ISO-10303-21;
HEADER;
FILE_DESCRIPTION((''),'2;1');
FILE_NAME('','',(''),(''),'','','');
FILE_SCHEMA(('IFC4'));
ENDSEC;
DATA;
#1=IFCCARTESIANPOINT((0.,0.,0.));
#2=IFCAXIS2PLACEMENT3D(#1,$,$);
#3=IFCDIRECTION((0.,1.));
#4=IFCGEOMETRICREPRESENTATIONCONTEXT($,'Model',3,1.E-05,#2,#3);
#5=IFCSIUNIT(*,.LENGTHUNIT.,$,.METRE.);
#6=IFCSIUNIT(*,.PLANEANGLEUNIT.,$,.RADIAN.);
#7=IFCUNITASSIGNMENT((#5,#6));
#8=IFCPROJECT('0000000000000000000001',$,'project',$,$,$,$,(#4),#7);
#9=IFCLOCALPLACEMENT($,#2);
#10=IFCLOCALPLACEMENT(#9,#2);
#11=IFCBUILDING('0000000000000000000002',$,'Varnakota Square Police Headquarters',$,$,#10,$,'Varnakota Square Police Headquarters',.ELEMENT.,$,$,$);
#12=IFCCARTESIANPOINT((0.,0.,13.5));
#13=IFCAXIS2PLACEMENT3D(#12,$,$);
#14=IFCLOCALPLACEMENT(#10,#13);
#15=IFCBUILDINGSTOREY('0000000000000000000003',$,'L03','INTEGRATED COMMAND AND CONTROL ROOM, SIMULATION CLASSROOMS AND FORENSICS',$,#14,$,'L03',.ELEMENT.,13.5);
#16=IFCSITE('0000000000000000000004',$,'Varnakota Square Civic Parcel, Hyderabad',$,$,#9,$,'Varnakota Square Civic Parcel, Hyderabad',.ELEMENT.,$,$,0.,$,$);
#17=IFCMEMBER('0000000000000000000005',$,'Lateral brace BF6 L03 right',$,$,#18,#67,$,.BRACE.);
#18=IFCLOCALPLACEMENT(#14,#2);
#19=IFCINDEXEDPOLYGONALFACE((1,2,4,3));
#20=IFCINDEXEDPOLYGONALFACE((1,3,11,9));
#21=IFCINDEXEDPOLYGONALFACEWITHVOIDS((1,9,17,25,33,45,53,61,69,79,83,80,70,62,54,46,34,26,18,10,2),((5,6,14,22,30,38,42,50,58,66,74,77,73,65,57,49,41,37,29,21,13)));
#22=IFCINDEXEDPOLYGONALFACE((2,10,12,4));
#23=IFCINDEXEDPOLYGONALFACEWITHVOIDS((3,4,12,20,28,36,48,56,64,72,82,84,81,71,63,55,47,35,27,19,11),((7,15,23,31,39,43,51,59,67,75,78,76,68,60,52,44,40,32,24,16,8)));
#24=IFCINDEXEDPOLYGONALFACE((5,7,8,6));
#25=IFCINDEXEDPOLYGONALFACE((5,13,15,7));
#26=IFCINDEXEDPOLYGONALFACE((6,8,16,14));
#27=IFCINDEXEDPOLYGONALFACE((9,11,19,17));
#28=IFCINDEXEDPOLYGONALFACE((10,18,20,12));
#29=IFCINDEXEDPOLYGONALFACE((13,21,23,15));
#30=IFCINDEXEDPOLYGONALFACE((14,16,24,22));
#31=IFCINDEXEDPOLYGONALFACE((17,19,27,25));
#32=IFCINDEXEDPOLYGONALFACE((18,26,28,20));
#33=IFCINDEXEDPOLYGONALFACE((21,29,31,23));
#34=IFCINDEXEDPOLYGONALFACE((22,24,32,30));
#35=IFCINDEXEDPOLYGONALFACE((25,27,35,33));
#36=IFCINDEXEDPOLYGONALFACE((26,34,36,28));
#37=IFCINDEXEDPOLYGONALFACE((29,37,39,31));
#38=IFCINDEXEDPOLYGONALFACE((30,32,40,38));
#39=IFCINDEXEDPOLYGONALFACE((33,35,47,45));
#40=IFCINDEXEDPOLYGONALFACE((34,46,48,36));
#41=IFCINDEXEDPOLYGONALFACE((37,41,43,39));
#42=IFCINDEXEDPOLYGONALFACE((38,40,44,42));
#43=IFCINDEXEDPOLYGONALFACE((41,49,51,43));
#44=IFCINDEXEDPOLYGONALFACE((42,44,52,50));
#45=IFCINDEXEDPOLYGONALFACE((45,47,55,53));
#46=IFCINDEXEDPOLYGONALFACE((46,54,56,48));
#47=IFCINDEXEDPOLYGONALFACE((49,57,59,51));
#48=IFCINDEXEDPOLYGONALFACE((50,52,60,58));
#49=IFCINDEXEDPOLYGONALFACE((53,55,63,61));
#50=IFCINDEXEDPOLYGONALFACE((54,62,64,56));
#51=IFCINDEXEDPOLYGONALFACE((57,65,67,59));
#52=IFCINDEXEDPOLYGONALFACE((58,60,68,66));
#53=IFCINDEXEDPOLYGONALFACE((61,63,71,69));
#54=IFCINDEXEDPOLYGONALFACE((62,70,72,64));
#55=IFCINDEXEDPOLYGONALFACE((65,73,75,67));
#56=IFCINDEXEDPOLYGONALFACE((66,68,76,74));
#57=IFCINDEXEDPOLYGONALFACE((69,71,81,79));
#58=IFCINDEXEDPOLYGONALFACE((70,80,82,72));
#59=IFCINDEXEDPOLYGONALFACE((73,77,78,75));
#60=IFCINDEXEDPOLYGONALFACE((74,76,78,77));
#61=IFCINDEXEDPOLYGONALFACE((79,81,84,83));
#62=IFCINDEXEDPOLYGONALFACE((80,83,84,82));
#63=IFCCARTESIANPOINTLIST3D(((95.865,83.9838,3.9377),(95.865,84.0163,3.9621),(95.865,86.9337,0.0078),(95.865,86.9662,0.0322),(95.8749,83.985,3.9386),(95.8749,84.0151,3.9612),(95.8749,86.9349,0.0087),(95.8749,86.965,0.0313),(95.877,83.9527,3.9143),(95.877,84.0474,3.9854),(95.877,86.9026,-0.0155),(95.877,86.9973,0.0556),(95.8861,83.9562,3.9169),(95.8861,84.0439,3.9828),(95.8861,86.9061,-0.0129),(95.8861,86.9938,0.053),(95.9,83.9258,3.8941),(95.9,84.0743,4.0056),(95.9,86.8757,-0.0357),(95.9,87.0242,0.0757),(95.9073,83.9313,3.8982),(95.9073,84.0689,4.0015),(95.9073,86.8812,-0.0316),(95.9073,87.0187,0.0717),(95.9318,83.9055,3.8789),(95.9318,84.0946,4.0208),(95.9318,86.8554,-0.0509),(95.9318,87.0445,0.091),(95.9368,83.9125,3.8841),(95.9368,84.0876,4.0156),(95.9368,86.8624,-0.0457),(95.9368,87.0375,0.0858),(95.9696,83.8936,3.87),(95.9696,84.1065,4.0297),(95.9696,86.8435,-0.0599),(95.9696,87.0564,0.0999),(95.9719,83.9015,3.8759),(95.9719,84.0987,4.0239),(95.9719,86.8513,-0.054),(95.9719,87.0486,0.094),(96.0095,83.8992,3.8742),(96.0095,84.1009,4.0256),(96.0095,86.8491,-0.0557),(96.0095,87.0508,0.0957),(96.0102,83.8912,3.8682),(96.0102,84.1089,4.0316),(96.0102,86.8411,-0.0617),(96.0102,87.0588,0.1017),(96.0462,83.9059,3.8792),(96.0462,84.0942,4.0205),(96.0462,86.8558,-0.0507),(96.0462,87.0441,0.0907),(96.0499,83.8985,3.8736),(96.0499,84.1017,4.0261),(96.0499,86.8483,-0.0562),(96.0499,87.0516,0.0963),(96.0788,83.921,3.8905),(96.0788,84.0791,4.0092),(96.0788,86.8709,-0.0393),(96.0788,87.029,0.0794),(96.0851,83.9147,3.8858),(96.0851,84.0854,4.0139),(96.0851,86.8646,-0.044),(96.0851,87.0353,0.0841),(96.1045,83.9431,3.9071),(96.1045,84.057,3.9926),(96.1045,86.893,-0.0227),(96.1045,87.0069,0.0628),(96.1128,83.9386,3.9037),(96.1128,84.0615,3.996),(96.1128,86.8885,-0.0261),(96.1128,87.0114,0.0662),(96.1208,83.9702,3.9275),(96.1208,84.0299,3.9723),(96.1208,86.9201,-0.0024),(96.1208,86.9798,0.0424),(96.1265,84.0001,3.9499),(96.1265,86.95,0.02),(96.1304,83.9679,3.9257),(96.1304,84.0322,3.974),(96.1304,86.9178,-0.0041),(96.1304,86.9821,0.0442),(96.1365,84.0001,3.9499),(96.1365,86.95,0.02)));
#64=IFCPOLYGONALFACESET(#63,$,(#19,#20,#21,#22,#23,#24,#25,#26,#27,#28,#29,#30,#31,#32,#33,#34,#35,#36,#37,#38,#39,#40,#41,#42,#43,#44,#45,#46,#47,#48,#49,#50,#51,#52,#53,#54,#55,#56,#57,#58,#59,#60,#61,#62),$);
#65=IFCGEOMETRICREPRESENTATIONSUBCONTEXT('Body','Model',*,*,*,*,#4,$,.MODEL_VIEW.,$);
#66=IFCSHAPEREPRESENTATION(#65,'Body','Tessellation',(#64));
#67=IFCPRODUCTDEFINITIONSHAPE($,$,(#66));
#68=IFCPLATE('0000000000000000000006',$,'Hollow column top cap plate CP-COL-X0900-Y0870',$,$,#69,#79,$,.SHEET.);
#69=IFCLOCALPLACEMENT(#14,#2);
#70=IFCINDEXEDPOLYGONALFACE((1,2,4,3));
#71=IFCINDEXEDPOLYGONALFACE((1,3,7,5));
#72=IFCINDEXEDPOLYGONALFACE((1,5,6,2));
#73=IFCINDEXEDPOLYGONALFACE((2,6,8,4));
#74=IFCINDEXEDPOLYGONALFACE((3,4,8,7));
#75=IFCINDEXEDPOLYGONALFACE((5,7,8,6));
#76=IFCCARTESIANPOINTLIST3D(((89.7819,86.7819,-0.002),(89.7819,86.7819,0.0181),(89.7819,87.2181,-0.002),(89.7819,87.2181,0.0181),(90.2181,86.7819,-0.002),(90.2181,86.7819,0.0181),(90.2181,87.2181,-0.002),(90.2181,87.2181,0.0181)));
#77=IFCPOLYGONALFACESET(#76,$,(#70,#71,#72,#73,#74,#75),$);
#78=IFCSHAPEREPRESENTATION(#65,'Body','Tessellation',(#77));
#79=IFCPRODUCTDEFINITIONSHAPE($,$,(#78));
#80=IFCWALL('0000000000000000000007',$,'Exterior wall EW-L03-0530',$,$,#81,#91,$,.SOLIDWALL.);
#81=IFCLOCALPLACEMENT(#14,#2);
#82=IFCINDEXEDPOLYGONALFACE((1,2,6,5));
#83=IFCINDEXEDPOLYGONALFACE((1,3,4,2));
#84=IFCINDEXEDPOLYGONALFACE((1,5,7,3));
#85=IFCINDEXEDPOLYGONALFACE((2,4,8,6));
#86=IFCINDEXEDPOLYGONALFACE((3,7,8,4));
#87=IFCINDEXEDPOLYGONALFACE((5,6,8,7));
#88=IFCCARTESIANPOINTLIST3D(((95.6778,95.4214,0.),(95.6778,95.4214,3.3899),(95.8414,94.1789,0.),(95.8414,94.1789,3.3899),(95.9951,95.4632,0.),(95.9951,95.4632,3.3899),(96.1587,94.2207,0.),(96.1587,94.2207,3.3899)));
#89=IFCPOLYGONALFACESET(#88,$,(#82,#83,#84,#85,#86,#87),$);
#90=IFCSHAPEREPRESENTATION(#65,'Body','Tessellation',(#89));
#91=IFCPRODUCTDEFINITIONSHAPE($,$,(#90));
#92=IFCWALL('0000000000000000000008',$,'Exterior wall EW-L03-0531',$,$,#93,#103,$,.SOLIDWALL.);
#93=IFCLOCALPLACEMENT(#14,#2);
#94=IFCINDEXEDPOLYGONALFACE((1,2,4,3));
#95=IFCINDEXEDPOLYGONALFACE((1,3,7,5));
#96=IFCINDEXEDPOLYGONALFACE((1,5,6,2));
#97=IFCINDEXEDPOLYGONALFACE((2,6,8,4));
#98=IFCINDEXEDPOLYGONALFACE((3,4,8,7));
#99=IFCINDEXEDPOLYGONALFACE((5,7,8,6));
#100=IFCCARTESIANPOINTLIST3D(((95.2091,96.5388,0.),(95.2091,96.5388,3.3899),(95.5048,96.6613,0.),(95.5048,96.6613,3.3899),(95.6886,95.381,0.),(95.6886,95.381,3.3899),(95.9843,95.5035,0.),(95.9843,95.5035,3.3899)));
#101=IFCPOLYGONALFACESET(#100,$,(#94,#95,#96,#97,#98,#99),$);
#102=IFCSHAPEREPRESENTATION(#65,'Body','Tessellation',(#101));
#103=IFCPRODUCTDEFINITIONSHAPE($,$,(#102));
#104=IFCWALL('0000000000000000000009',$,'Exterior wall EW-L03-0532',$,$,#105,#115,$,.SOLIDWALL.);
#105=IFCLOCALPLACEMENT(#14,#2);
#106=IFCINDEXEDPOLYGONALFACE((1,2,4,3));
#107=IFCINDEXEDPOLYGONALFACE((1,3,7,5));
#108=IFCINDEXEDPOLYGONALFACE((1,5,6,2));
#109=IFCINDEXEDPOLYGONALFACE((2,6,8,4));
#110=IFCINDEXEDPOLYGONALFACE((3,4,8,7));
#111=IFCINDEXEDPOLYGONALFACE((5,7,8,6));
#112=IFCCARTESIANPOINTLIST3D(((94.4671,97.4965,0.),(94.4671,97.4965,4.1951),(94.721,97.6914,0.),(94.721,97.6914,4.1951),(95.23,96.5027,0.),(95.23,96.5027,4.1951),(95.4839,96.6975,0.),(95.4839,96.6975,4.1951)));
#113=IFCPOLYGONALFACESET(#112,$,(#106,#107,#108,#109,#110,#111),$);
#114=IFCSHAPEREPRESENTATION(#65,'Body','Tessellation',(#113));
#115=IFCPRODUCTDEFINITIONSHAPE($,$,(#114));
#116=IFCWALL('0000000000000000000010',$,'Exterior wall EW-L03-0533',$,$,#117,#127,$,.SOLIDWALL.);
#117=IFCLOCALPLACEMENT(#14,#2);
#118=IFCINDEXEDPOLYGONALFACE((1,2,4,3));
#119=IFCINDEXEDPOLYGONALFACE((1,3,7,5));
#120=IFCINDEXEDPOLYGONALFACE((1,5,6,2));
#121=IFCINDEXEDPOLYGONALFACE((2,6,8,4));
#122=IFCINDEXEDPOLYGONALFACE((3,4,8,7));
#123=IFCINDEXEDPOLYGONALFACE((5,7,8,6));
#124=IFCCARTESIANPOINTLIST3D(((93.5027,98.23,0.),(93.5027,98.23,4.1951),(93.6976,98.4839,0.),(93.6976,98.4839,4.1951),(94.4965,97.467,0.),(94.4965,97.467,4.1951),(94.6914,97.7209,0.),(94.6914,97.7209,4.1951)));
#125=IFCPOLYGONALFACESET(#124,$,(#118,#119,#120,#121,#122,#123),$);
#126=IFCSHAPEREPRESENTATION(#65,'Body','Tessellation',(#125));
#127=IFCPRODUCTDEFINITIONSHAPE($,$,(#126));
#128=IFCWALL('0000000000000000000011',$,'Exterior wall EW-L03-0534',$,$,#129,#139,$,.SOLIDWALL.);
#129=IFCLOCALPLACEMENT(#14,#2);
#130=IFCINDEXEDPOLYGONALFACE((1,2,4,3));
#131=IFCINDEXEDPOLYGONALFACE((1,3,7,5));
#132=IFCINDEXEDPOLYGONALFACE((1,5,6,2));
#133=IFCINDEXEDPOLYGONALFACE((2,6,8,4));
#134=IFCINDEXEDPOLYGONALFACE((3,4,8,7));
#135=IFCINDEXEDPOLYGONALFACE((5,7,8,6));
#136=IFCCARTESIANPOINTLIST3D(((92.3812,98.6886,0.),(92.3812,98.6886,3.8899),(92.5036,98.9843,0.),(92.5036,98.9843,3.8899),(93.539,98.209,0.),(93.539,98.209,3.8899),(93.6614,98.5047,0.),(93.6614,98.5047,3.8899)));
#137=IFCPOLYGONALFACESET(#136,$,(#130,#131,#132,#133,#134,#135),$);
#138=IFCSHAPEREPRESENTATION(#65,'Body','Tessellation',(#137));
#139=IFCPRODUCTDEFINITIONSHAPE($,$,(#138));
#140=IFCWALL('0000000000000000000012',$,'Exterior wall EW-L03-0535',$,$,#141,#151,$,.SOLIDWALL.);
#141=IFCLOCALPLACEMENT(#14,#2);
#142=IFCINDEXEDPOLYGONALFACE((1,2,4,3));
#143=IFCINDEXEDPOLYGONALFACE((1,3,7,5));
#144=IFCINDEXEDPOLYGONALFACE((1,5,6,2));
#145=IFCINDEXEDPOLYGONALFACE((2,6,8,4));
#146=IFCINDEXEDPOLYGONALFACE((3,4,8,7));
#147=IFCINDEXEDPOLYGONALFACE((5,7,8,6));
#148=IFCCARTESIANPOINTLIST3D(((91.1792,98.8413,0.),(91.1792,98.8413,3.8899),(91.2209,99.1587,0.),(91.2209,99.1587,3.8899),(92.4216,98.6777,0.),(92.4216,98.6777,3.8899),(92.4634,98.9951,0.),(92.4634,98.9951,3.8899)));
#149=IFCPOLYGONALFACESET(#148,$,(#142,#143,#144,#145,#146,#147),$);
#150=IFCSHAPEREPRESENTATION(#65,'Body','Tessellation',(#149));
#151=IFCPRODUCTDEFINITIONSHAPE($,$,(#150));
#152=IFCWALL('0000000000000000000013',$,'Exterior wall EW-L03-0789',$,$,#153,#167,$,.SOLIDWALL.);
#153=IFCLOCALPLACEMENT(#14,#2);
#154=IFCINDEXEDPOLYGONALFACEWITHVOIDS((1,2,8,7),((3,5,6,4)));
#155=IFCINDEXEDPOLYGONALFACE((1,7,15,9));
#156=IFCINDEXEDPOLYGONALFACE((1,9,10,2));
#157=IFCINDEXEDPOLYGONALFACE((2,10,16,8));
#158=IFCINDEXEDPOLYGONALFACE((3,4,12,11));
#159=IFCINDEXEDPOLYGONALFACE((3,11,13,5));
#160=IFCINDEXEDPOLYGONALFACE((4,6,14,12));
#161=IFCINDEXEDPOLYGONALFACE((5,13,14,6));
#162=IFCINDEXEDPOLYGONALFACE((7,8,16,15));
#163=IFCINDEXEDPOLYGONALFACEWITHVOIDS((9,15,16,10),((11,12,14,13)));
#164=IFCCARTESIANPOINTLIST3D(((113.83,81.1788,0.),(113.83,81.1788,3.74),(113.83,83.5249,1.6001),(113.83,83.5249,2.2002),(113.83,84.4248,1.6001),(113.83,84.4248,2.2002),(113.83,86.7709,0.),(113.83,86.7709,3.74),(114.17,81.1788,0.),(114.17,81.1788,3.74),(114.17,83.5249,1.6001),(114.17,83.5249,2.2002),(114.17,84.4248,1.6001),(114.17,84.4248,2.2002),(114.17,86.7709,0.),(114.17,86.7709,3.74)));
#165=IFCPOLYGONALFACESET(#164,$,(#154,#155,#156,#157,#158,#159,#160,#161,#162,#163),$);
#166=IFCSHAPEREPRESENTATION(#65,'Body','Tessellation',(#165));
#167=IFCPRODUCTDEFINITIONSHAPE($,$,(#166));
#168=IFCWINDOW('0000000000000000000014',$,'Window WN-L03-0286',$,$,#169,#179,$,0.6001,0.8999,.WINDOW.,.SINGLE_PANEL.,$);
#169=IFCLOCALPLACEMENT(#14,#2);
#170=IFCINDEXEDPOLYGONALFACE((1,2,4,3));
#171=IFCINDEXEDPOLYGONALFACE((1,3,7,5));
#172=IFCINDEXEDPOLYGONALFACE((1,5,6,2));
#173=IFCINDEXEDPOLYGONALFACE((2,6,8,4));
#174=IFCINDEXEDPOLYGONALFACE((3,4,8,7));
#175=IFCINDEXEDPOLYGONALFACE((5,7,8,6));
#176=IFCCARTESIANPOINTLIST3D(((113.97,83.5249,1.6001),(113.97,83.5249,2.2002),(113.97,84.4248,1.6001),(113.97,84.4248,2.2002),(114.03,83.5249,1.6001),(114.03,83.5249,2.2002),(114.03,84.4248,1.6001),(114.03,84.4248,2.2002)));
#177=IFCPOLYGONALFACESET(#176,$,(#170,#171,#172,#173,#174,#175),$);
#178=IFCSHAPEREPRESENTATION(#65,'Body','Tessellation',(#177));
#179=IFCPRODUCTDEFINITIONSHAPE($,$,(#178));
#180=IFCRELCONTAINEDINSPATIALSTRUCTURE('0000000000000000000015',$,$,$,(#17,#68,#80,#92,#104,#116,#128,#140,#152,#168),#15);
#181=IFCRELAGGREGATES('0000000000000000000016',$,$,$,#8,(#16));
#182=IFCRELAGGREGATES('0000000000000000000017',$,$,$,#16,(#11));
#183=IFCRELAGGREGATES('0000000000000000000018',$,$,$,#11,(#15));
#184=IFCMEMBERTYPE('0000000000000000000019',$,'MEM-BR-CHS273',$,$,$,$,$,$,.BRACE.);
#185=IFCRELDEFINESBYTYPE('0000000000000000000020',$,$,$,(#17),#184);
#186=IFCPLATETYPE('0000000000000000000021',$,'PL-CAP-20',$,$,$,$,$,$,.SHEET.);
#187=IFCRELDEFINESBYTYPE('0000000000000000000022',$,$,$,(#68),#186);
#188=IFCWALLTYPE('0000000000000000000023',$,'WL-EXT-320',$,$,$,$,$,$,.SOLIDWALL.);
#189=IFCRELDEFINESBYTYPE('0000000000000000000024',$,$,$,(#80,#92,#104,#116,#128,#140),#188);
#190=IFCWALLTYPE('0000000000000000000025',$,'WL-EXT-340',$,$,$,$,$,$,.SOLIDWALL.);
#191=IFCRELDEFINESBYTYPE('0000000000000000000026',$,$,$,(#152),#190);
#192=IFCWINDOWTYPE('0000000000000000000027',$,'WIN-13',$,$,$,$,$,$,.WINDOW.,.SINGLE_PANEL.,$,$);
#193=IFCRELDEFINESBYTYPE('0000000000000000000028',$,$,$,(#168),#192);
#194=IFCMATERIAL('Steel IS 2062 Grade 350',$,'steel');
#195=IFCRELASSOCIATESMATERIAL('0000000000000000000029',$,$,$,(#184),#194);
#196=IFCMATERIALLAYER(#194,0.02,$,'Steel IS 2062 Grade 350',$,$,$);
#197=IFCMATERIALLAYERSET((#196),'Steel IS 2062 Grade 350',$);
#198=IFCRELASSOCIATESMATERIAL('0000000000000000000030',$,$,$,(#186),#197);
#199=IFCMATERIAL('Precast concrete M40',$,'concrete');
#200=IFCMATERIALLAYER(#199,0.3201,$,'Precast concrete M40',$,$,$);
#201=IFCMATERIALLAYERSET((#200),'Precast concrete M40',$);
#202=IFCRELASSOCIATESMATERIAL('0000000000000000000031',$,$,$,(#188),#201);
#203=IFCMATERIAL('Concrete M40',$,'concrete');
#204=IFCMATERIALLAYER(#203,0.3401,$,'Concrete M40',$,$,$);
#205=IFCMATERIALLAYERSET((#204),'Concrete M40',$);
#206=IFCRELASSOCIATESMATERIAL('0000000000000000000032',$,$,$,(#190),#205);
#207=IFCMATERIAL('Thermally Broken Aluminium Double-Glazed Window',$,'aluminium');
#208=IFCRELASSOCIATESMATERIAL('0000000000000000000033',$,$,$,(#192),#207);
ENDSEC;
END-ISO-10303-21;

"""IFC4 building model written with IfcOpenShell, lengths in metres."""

from ifc_helpers import new_model, si_unit, direction, frame, frame_2d, origin, origin_2d, place, context, subcontext, project, spatial, rectangle, hollow_circle, extrude, material, layer, layer_set, material_profile, profile_set, type_object, element, fill, save


model = new_model("IFC4")

# Units and contexts
model_context = context("Model", 3, precision=1e-05, world=origin(), true_north=direction((0.0, 1.0)))
body_context = subcontext(model_context, "Body", "Model", "MODEL_VIEW")
ifc_project = project(units=[si_unit("LENGTHUNIT", "METRE"), si_unit("PLANEANGLEUNIT", "RADIAN")], contexts=[model_context])

# Site, building, storey
site_placement = place(None, origin())
site = spatial("IfcSite", under=ifc_project, at=site_placement, Name="Varnakota Square Civic Parcel, Hyderabad", LongName="Varnakota Square Civic Parcel, Hyderabad", CompositionType="ELEMENT", RefElevation=0.0)
building_placement = place(site_placement, origin())
building = spatial("IfcBuilding", under=site, at=building_placement, Name="Varnakota Square Police Headquarters", LongName="Varnakota Square Police Headquarters", CompositionType="ELEMENT")
storey_placement = place(building_placement, frame((0.0, 0.0, 13.5)))
storey = spatial("IfcBuildingStorey", under=building, at=storey_placement, Name="L03", Description="INTEGRATED COMMAND AND CONTROL ROOM, SIMULATION CLASSROOMS AND FORENSICS", LongName="L03", CompositionType="ELEMENT", Elevation=13.5)

# Shared definitions
ifc_material_1 = material(Name="Steel IS 2062 Grade 350", Category="steel")

# Member
ifc_material_profile_1 = material_profile(ifc_material_1, hollow_circle(Radius=0.1365, WallThickness=0.01, at=origin_2d()), Name="CHS 273.0x10.0")
ifc_profile_set_1 = profile_set([ifc_material_profile_1], Name="Steel IS 2062 Grade 350")
member_type = type_object("IfcMemberType", Name="MEM-BR-CHS273", PredefinedType="BRACE", material=ifc_profile_set_1)
for number, where, z_axis, x_axis, name in (
    (1, (96.0, 86.95, 0.02), (0.0, -0.600326, 0.799755), (1.0, 0.0, 0.0), "Lateral brace BF6 L03 right"),
):
    element("IfcMember", number, at=place(storey_placement, frame(where, z_axis=z_axis, x_axis=x_axis)), inside=storey, type_object=member_type, Name=name, PredefinedType="BRACE", context=body_context, shape_type="SweptSolid", body=[
        extrude(hollow_circle(Radius=0.1365, WallThickness=0.01, at=origin_2d()), origin(), (0.0, 0.0, 1.0), 4.9138),
    ])

# Plate
ifc_layer_1 = layer(ifc_material_1, 0.02, Name="Steel IS 2062 Grade 350")
ifc_layer_set_1 = layer_set([ifc_layer_1], Name="Steel IS 2062 Grade 350")
plate_type = type_object("IfcPlateType", Name="PL-CAP-20", PredefinedType="SHEET", material=ifc_layer_set_1)
plate_placement = place(storey_placement, frame((90.0, 87.0, -0.002), z_axis=(0.0, 0.0, 1.0), x_axis=(1.0, 0.0, 0.0)))
element("IfcPlate", 2, at=plate_placement, inside=storey, type_object=plate_type, Name="Hollow column top cap plate CP-COL-X0900-Y0870", PredefinedType="SHEET", context=body_context, shape_type="SweptSolid", body=[
    extrude(rectangle(XDim=0.4363, YDim=0.4363, at=origin_2d()), origin(), (0.0, 0.0, 1.0), 0.02),
])

# Walls
ifc_material_2 = material(Name="Precast concrete M40", Category="concrete")
ifc_layer_2 = layer(ifc_material_2, 0.3201, Name="Precast concrete M40")
ifc_layer_set_2 = layer_set([ifc_layer_2], Name="Precast concrete M40")
wall_type_1 = type_object("IfcWallType", Name="WL-EXT-320", PredefinedType="SOLIDWALL", material=ifc_layer_set_2)
for number, where, z_axis, x_axis, name in (
    (3, (96.0, 94.2, 0.0), (0.0, 0.0, 1.0), (-0.13053, 0.991444, 0.0), "Exterior wall EW-L03-0530"),
    (4, (95.8364, 95.4424, 0.0), (0.0, 0.0, 1.0), (-0.38265, 0.923893, 0.0), "Exterior wall EW-L03-0531"),
):
    element("IfcWall", number, at=place(storey_placement, frame(where, z_axis=z_axis, x_axis=x_axis)), inside=storey, type_object=wall_type_1, Name=name, PredefinedType="SOLIDWALL", context=body_context, shape_type="SweptSolid", body=[
        extrude(rectangle(XDim=1.2532, YDim=0.3201, at=frame_2d((0.6265, 0.0))), origin(), (0.0, 0.0, 1.0), 3.3899),
    ])
for number, where, z_axis, x_axis, name in (
    (5, (95.3569, 96.6001, 0.0), (0.0, 0.0, 1.0), (-0.60891, 0.793239, 0.0), "Exterior wall EW-L03-0532"),
    (6, (94.594, 97.594, 0.0), (0.0, 0.0, 1.0), (-0.793239, 0.60891, 0.0), "Exterior wall EW-L03-0533"),
):
    element("IfcWall", number, at=place(storey_placement, frame(where, z_axis=z_axis, x_axis=x_axis)), inside=storey, type_object=wall_type_1, Name=name, PredefinedType="SOLIDWALL", context=body_context, shape_type="SweptSolid", body=[
        extrude(rectangle(XDim=1.2529, YDim=0.3201, at=frame_2d((0.6265, 0.0))), origin(), (0.0, 0.0, 1.0), 4.1951),
    ])
for number, where, z_axis, x_axis, name in (
    (7, (93.6001, 98.3569, 0.0), (0.0, 0.0, 1.0), (-0.923893, 0.38265, 0.0), "Exterior wall EW-L03-0534"),
    (8, (92.4424, 98.8364, 0.0), (0.0, 0.0, 1.0), (-0.991444, 0.13053, 0.0), "Exterior wall EW-L03-0535"),
):
    element("IfcWall", number, at=place(storey_placement, frame(where, z_axis=z_axis, x_axis=x_axis)), inside=storey, type_object=wall_type_1, Name=name, PredefinedType="SOLIDWALL", context=body_context, shape_type="SweptSolid", body=[
        extrude(rectangle(XDim=1.2532, YDim=0.3201, at=frame_2d((0.6265, 0.0))), origin(), (0.0, 0.0, 1.0), 3.8899),
    ])

# Wall, opening, window
ifc_material_3 = material(Name="Concrete M40", Category="concrete")
ifc_layer_3 = layer(ifc_material_3, 0.3401, Name="Concrete M40")
ifc_layer_set_3 = layer_set([ifc_layer_3], Name="Concrete M40")
wall_type_2 = type_object("IfcWallType", Name="WL-EXT-340", PredefinedType="SOLIDWALL", material=ifc_layer_set_3)
wall_1_placement = place(storey_placement, frame((114.0, 81.179, 0.0), z_axis=(0.0, 0.0, 1.0), x_axis=(0.0, 1.0, 0.0)))
wall_1 = element("IfcWall", 9, at=wall_1_placement, inside=storey, type_object=wall_type_2, Name="Exterior wall EW-L03-0789", PredefinedType="SOLIDWALL", context=body_context, shape_type="SweptSolid", body=[
    extrude(rectangle(XDim=5.592, YDim=0.3401, at=frame_2d((2.7959, 0.0))), origin(), (0.0, 0.0, 1.0), 3.74),
])
opening_1_placement = place(wall_1_placement, frame((2.3459, 0.0, 1.6001)))
opening_1 = element("IfcOpeningElement", 10, at=opening_1_placement, cuts=wall_1, PredefinedType="OPENING", context=body_context, shape_type="SweptSolid", body=[
    extrude(rectangle(XDim=0.8999, YDim=0.6001, at=frame_2d((0.45, 0.3))), frame((0.0, 0.1799, 0.0), z_axis=(0.0, -1.0, 0.0), x_axis=(1.0, 0.0, 0.0)), (0.0, 0.0, 1.0), 0.3601),
])
ifc_material_4 = material(Name="Thermally Broken Aluminium Double-Glazed Window", Category="aluminium")
window_type = type_object("IfcWindowType", Name="WIN-13", PartitioningType="SINGLE_PANEL", PredefinedType="WINDOW", material=ifc_material_4)
window_1_placement = place(opening_1_placement, origin())
window_1 = element("IfcWindow", 11, at=window_1_placement, inside=storey, type_object=window_type, Name="Window WN-L03-0286", OverallHeight=0.6001, OverallWidth=0.8999, PartitioningType="SINGLE_PANEL", PredefinedType="WINDOW", context=body_context, shape_type="SweptSolid", body=[
    extrude(rectangle(XDim=0.8999, YDim=0.6001, at=frame_2d((0.45, 0.3))), frame((0.0, 0.03, 0.0), z_axis=(0.0, -1.0, 0.0), x_axis=(1.0, 0.0, 0.0)), (0.0, 0.0, 1.0), 0.0601),
])
fill(opening_1, window_1)

save(model, "model.ifc")
